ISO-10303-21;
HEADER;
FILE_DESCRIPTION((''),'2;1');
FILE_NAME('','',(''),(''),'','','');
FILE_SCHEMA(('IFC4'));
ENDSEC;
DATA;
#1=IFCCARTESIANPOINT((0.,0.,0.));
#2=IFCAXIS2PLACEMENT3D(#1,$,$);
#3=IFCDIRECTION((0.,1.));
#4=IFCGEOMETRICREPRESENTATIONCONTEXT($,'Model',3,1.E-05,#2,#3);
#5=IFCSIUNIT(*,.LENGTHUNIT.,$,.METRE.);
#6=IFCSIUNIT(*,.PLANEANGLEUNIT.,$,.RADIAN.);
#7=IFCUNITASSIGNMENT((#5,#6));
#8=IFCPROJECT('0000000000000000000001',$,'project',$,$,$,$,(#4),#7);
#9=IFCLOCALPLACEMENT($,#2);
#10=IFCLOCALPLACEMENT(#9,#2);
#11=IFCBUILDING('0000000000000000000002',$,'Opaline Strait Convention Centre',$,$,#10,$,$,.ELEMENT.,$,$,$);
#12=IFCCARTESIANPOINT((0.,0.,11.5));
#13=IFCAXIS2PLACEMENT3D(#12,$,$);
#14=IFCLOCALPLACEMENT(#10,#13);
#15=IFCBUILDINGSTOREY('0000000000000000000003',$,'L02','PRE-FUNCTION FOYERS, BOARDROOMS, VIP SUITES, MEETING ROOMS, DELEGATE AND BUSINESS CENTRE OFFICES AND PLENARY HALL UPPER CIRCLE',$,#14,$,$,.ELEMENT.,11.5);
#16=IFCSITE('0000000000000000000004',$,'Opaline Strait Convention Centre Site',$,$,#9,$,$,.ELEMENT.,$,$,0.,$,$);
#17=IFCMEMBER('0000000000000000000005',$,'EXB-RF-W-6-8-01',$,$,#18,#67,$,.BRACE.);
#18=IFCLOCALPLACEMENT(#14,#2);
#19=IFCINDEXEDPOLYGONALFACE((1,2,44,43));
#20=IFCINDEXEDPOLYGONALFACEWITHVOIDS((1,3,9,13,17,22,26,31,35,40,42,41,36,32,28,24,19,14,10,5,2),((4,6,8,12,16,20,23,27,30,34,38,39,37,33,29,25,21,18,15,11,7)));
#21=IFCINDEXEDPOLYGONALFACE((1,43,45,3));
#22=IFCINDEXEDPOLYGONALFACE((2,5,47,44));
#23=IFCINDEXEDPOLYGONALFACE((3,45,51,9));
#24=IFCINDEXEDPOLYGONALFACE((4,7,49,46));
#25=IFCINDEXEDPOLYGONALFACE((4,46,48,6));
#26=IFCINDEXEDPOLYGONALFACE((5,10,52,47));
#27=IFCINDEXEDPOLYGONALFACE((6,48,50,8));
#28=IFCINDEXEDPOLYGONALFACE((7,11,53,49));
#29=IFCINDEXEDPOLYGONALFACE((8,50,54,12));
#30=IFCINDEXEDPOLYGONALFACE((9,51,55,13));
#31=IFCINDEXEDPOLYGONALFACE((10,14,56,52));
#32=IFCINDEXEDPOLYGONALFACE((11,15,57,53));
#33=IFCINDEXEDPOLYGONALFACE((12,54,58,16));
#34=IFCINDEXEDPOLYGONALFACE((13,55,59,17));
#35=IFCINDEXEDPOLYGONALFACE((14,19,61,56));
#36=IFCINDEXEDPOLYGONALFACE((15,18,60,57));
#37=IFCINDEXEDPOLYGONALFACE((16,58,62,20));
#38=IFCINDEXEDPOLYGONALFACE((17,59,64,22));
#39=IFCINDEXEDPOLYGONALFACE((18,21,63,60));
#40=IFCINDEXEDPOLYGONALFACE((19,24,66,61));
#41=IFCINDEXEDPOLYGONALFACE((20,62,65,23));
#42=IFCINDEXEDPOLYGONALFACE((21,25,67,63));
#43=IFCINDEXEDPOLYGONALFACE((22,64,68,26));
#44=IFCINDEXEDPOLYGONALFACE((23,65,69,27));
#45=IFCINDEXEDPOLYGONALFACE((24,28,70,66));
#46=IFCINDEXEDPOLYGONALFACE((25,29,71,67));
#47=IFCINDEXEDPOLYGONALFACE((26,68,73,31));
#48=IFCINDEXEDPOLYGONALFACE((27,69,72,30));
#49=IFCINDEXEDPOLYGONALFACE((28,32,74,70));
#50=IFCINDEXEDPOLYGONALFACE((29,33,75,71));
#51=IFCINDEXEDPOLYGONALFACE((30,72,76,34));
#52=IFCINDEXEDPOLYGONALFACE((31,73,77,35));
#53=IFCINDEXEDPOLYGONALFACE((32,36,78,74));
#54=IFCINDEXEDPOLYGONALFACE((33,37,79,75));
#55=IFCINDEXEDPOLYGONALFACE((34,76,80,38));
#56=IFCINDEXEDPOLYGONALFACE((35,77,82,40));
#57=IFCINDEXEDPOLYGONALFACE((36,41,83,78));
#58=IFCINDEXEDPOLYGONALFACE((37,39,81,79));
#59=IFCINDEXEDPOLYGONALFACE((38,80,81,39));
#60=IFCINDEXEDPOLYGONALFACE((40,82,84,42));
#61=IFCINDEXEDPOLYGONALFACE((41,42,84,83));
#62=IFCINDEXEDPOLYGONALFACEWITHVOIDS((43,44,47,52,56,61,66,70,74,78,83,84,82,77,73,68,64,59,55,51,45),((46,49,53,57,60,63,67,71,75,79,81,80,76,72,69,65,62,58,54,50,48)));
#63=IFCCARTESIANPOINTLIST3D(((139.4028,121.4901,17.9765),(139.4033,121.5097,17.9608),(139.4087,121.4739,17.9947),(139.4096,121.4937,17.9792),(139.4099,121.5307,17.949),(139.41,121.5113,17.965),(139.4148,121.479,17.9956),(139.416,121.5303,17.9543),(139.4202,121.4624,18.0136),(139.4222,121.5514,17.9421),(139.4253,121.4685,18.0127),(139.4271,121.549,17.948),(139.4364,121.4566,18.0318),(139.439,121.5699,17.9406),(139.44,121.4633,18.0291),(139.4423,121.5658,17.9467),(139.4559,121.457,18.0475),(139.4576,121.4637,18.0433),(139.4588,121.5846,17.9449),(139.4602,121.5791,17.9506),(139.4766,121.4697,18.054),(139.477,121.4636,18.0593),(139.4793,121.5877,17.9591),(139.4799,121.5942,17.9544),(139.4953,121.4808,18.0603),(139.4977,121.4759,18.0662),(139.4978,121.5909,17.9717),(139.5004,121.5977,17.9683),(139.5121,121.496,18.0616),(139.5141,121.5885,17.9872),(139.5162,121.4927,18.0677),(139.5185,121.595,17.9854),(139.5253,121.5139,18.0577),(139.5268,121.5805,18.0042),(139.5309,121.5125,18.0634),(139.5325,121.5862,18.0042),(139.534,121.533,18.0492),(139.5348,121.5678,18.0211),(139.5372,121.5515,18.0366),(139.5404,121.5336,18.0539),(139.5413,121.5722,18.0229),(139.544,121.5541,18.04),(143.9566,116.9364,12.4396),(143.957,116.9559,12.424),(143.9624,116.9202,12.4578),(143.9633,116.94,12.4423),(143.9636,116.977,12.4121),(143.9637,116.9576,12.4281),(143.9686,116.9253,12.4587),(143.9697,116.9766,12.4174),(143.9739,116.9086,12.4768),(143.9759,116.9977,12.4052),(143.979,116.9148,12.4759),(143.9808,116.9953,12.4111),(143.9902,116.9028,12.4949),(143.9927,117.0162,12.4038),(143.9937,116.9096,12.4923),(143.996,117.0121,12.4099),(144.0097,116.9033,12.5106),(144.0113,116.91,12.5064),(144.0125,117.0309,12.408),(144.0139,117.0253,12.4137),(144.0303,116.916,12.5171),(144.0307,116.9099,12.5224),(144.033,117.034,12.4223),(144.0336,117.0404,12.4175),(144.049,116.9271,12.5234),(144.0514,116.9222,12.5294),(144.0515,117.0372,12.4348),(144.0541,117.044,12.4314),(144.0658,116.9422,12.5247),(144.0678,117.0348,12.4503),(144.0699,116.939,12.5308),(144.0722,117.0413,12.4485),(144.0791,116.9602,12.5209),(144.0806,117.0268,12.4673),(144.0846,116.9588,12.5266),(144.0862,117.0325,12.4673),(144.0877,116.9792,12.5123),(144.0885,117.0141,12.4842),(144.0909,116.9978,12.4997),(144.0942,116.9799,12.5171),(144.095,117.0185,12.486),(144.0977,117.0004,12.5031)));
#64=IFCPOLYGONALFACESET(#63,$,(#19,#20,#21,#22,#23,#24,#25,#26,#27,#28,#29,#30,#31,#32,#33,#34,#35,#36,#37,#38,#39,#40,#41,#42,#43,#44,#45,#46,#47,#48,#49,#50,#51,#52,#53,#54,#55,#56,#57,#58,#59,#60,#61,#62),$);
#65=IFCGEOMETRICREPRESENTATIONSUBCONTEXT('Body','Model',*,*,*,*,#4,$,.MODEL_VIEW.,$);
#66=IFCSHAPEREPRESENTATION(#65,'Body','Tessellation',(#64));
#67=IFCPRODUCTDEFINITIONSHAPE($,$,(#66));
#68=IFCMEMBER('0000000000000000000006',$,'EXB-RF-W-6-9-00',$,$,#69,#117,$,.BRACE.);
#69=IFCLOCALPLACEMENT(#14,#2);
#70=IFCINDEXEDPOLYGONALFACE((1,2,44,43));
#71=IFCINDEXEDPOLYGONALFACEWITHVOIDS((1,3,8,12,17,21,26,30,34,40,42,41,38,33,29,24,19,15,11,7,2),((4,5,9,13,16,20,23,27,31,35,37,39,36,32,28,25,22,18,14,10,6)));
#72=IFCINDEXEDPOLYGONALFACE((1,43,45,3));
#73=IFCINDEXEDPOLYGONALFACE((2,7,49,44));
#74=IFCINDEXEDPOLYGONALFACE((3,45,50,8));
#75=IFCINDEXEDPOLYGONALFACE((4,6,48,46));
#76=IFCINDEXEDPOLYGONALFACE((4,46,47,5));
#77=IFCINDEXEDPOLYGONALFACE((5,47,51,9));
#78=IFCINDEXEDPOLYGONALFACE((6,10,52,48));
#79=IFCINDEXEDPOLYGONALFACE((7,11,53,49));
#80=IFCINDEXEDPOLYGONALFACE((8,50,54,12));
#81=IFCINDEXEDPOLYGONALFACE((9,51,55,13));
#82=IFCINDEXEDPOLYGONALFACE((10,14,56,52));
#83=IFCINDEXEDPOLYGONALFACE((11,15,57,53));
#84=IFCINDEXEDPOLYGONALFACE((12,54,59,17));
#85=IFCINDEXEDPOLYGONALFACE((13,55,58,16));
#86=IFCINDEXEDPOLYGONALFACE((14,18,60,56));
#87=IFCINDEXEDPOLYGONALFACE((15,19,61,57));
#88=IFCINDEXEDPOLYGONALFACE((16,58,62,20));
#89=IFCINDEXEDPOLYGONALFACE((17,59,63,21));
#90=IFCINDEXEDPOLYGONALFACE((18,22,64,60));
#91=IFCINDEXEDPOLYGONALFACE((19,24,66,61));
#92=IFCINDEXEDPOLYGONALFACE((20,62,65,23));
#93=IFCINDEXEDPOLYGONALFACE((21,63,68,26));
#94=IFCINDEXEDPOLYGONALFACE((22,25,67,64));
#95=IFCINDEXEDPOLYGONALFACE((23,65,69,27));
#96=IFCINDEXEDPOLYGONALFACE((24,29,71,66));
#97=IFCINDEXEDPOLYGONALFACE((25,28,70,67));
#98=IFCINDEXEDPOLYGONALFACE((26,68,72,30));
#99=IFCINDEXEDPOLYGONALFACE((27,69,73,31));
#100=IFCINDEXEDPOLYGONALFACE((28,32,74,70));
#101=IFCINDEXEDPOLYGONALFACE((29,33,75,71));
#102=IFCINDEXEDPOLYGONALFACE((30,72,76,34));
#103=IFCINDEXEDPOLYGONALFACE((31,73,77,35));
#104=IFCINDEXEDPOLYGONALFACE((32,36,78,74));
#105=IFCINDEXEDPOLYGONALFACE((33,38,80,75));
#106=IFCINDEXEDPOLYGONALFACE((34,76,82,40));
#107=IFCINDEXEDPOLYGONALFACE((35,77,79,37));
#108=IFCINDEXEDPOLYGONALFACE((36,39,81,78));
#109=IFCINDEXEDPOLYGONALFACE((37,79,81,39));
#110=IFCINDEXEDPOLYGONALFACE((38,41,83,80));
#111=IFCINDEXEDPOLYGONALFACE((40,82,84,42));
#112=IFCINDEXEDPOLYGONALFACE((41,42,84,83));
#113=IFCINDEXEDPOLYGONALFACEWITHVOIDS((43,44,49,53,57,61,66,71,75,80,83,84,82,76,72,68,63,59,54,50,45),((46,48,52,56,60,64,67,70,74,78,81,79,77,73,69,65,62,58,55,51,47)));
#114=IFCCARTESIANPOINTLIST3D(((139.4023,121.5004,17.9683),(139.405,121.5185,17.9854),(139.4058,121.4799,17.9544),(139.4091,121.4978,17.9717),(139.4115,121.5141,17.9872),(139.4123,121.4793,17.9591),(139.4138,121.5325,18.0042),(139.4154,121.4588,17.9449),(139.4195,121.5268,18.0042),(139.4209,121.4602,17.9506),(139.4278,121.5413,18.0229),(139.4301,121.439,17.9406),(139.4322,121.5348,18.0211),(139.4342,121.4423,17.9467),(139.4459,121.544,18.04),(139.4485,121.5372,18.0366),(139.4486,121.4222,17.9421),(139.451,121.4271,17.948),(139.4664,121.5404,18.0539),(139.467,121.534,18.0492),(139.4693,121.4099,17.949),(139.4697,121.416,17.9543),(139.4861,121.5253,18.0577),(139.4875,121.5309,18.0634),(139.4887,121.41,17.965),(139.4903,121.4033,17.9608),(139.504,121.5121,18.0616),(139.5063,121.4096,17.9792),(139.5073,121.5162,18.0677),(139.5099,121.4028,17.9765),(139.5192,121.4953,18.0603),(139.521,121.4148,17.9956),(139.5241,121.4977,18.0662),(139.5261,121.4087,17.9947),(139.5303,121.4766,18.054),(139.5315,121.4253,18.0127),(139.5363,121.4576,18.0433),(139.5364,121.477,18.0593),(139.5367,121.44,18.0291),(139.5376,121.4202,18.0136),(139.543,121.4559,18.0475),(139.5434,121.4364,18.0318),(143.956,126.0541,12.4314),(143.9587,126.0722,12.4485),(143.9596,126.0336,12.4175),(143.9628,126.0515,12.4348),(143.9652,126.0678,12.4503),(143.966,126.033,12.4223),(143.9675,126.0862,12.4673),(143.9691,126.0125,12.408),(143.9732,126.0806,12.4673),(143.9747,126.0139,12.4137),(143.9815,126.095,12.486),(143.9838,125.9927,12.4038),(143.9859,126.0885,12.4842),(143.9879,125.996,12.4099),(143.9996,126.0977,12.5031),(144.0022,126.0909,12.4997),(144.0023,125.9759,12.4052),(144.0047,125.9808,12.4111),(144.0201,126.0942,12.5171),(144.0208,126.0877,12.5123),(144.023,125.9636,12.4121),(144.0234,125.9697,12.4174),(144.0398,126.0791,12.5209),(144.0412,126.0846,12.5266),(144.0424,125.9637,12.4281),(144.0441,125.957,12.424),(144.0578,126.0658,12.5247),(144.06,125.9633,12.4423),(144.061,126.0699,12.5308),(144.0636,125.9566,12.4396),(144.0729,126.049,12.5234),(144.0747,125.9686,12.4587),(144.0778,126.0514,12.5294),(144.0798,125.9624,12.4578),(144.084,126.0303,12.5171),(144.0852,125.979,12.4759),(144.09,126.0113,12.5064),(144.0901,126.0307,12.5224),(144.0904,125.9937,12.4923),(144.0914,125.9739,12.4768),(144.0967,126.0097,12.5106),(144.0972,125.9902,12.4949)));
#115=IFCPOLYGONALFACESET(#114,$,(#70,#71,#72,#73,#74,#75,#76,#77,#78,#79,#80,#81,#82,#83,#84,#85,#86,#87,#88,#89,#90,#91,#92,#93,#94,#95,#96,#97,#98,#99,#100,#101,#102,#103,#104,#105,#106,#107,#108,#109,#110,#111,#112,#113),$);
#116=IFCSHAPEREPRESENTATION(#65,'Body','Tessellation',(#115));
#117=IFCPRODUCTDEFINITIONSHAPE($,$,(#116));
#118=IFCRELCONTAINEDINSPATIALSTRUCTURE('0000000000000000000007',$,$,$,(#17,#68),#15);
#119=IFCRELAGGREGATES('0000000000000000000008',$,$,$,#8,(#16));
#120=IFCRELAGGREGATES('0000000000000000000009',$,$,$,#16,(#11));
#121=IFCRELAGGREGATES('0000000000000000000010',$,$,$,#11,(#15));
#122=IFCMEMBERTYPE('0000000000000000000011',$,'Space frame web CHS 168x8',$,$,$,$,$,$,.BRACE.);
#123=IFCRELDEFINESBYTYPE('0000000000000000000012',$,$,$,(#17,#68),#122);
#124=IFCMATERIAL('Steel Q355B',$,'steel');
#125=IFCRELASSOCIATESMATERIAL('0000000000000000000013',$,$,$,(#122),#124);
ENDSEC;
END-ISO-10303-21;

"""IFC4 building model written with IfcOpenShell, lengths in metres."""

from ifc_helpers import new_model, si_unit, direction, frame, origin, origin_2d, place, context, subcontext, project, spatial, hollow_circle, extrude, material, material_profile, profile_set, type_object, element, save


model = new_model("IFC4")

# Units and contexts
model_context = context("Model", 3, precision=1e-05, world=origin(), true_north=direction((0.0, 1.0)))
body_context = subcontext(model_context, "Body", "Model", "MODEL_VIEW")
ifc_project = project(units=[si_unit("LENGTHUNIT", "METRE"), si_unit("PLANEANGLEUNIT", "RADIAN")], contexts=[model_context])

# Site, building, storey
site_placement = place(None, origin())
site = spatial("IfcSite", under=ifc_project, at=site_placement, Name="Opaline Strait Convention Centre Site", CompositionType="ELEMENT", RefElevation=0.0)
building_placement = place(site_placement, origin())
building = spatial("IfcBuilding", under=site, at=building_placement, Name="Opaline Strait Convention Centre", CompositionType="ELEMENT")
storey_placement = place(building_placement, frame((0.0, 0.0, 11.5)))
storey = spatial("IfcBuildingStorey", under=building, at=storey_placement, Name="L02", Description="PRE-FUNCTION FOYERS, BOARDROOMS, VIP SUITES, MEETING ROOMS, DELEGATE AND BUSINESS CENTRE OFFICES AND PLENARY HALL UPPER CIRCLE", CompositionType="ELEMENT", Elevation=11.5)

# Members
ifc_material = material(Name="Steel Q355B", Category="steel")
ifc_material_profile_1 = material_profile(ifc_material, hollow_circle(Radius=0.084, WallThickness=0.0081, at=origin_2d()), Name="CHS 168x8")
ifc_profile_set_1 = profile_set([ifc_material_profile_1], Name="Steel Q355B")
member_type_1 = type_object("IfcMemberType", Name="Space frame web CHS 168x8", PredefinedType="BRACE", material=ifc_profile_set_1)
for number, where, z_axis, x_axis, name in (
    (1, (139.4731, 121.5269, 18.0042), (0.536178, -0.536178, -0.65194), (0.707107, 0.707107, 0.0), "EXB-RF-W-6-8-01"),
    (2, (139.4731, 121.4731, 18.0042), (0.536178, 0.536178, -0.65194), (-0.707107, 0.707107, 0.0), "EXB-RF-W-6-9-00"),
):
    element("IfcMember", number, at=place(storey_placement, frame(where, z_axis=z_axis, x_axis=x_axis)), inside=storey, type_object=member_type_1, Name=name, PredefinedType="BRACE", context=body_context, shape_type="SweptSolid", body=[
        extrude(hollow_circle(Radius=0.084, WallThickness=0.0081, at=origin_2d()), origin(), (0.0, 0.0, 1.0), 8.4929),
    ])

save(model, "model.ifc")
